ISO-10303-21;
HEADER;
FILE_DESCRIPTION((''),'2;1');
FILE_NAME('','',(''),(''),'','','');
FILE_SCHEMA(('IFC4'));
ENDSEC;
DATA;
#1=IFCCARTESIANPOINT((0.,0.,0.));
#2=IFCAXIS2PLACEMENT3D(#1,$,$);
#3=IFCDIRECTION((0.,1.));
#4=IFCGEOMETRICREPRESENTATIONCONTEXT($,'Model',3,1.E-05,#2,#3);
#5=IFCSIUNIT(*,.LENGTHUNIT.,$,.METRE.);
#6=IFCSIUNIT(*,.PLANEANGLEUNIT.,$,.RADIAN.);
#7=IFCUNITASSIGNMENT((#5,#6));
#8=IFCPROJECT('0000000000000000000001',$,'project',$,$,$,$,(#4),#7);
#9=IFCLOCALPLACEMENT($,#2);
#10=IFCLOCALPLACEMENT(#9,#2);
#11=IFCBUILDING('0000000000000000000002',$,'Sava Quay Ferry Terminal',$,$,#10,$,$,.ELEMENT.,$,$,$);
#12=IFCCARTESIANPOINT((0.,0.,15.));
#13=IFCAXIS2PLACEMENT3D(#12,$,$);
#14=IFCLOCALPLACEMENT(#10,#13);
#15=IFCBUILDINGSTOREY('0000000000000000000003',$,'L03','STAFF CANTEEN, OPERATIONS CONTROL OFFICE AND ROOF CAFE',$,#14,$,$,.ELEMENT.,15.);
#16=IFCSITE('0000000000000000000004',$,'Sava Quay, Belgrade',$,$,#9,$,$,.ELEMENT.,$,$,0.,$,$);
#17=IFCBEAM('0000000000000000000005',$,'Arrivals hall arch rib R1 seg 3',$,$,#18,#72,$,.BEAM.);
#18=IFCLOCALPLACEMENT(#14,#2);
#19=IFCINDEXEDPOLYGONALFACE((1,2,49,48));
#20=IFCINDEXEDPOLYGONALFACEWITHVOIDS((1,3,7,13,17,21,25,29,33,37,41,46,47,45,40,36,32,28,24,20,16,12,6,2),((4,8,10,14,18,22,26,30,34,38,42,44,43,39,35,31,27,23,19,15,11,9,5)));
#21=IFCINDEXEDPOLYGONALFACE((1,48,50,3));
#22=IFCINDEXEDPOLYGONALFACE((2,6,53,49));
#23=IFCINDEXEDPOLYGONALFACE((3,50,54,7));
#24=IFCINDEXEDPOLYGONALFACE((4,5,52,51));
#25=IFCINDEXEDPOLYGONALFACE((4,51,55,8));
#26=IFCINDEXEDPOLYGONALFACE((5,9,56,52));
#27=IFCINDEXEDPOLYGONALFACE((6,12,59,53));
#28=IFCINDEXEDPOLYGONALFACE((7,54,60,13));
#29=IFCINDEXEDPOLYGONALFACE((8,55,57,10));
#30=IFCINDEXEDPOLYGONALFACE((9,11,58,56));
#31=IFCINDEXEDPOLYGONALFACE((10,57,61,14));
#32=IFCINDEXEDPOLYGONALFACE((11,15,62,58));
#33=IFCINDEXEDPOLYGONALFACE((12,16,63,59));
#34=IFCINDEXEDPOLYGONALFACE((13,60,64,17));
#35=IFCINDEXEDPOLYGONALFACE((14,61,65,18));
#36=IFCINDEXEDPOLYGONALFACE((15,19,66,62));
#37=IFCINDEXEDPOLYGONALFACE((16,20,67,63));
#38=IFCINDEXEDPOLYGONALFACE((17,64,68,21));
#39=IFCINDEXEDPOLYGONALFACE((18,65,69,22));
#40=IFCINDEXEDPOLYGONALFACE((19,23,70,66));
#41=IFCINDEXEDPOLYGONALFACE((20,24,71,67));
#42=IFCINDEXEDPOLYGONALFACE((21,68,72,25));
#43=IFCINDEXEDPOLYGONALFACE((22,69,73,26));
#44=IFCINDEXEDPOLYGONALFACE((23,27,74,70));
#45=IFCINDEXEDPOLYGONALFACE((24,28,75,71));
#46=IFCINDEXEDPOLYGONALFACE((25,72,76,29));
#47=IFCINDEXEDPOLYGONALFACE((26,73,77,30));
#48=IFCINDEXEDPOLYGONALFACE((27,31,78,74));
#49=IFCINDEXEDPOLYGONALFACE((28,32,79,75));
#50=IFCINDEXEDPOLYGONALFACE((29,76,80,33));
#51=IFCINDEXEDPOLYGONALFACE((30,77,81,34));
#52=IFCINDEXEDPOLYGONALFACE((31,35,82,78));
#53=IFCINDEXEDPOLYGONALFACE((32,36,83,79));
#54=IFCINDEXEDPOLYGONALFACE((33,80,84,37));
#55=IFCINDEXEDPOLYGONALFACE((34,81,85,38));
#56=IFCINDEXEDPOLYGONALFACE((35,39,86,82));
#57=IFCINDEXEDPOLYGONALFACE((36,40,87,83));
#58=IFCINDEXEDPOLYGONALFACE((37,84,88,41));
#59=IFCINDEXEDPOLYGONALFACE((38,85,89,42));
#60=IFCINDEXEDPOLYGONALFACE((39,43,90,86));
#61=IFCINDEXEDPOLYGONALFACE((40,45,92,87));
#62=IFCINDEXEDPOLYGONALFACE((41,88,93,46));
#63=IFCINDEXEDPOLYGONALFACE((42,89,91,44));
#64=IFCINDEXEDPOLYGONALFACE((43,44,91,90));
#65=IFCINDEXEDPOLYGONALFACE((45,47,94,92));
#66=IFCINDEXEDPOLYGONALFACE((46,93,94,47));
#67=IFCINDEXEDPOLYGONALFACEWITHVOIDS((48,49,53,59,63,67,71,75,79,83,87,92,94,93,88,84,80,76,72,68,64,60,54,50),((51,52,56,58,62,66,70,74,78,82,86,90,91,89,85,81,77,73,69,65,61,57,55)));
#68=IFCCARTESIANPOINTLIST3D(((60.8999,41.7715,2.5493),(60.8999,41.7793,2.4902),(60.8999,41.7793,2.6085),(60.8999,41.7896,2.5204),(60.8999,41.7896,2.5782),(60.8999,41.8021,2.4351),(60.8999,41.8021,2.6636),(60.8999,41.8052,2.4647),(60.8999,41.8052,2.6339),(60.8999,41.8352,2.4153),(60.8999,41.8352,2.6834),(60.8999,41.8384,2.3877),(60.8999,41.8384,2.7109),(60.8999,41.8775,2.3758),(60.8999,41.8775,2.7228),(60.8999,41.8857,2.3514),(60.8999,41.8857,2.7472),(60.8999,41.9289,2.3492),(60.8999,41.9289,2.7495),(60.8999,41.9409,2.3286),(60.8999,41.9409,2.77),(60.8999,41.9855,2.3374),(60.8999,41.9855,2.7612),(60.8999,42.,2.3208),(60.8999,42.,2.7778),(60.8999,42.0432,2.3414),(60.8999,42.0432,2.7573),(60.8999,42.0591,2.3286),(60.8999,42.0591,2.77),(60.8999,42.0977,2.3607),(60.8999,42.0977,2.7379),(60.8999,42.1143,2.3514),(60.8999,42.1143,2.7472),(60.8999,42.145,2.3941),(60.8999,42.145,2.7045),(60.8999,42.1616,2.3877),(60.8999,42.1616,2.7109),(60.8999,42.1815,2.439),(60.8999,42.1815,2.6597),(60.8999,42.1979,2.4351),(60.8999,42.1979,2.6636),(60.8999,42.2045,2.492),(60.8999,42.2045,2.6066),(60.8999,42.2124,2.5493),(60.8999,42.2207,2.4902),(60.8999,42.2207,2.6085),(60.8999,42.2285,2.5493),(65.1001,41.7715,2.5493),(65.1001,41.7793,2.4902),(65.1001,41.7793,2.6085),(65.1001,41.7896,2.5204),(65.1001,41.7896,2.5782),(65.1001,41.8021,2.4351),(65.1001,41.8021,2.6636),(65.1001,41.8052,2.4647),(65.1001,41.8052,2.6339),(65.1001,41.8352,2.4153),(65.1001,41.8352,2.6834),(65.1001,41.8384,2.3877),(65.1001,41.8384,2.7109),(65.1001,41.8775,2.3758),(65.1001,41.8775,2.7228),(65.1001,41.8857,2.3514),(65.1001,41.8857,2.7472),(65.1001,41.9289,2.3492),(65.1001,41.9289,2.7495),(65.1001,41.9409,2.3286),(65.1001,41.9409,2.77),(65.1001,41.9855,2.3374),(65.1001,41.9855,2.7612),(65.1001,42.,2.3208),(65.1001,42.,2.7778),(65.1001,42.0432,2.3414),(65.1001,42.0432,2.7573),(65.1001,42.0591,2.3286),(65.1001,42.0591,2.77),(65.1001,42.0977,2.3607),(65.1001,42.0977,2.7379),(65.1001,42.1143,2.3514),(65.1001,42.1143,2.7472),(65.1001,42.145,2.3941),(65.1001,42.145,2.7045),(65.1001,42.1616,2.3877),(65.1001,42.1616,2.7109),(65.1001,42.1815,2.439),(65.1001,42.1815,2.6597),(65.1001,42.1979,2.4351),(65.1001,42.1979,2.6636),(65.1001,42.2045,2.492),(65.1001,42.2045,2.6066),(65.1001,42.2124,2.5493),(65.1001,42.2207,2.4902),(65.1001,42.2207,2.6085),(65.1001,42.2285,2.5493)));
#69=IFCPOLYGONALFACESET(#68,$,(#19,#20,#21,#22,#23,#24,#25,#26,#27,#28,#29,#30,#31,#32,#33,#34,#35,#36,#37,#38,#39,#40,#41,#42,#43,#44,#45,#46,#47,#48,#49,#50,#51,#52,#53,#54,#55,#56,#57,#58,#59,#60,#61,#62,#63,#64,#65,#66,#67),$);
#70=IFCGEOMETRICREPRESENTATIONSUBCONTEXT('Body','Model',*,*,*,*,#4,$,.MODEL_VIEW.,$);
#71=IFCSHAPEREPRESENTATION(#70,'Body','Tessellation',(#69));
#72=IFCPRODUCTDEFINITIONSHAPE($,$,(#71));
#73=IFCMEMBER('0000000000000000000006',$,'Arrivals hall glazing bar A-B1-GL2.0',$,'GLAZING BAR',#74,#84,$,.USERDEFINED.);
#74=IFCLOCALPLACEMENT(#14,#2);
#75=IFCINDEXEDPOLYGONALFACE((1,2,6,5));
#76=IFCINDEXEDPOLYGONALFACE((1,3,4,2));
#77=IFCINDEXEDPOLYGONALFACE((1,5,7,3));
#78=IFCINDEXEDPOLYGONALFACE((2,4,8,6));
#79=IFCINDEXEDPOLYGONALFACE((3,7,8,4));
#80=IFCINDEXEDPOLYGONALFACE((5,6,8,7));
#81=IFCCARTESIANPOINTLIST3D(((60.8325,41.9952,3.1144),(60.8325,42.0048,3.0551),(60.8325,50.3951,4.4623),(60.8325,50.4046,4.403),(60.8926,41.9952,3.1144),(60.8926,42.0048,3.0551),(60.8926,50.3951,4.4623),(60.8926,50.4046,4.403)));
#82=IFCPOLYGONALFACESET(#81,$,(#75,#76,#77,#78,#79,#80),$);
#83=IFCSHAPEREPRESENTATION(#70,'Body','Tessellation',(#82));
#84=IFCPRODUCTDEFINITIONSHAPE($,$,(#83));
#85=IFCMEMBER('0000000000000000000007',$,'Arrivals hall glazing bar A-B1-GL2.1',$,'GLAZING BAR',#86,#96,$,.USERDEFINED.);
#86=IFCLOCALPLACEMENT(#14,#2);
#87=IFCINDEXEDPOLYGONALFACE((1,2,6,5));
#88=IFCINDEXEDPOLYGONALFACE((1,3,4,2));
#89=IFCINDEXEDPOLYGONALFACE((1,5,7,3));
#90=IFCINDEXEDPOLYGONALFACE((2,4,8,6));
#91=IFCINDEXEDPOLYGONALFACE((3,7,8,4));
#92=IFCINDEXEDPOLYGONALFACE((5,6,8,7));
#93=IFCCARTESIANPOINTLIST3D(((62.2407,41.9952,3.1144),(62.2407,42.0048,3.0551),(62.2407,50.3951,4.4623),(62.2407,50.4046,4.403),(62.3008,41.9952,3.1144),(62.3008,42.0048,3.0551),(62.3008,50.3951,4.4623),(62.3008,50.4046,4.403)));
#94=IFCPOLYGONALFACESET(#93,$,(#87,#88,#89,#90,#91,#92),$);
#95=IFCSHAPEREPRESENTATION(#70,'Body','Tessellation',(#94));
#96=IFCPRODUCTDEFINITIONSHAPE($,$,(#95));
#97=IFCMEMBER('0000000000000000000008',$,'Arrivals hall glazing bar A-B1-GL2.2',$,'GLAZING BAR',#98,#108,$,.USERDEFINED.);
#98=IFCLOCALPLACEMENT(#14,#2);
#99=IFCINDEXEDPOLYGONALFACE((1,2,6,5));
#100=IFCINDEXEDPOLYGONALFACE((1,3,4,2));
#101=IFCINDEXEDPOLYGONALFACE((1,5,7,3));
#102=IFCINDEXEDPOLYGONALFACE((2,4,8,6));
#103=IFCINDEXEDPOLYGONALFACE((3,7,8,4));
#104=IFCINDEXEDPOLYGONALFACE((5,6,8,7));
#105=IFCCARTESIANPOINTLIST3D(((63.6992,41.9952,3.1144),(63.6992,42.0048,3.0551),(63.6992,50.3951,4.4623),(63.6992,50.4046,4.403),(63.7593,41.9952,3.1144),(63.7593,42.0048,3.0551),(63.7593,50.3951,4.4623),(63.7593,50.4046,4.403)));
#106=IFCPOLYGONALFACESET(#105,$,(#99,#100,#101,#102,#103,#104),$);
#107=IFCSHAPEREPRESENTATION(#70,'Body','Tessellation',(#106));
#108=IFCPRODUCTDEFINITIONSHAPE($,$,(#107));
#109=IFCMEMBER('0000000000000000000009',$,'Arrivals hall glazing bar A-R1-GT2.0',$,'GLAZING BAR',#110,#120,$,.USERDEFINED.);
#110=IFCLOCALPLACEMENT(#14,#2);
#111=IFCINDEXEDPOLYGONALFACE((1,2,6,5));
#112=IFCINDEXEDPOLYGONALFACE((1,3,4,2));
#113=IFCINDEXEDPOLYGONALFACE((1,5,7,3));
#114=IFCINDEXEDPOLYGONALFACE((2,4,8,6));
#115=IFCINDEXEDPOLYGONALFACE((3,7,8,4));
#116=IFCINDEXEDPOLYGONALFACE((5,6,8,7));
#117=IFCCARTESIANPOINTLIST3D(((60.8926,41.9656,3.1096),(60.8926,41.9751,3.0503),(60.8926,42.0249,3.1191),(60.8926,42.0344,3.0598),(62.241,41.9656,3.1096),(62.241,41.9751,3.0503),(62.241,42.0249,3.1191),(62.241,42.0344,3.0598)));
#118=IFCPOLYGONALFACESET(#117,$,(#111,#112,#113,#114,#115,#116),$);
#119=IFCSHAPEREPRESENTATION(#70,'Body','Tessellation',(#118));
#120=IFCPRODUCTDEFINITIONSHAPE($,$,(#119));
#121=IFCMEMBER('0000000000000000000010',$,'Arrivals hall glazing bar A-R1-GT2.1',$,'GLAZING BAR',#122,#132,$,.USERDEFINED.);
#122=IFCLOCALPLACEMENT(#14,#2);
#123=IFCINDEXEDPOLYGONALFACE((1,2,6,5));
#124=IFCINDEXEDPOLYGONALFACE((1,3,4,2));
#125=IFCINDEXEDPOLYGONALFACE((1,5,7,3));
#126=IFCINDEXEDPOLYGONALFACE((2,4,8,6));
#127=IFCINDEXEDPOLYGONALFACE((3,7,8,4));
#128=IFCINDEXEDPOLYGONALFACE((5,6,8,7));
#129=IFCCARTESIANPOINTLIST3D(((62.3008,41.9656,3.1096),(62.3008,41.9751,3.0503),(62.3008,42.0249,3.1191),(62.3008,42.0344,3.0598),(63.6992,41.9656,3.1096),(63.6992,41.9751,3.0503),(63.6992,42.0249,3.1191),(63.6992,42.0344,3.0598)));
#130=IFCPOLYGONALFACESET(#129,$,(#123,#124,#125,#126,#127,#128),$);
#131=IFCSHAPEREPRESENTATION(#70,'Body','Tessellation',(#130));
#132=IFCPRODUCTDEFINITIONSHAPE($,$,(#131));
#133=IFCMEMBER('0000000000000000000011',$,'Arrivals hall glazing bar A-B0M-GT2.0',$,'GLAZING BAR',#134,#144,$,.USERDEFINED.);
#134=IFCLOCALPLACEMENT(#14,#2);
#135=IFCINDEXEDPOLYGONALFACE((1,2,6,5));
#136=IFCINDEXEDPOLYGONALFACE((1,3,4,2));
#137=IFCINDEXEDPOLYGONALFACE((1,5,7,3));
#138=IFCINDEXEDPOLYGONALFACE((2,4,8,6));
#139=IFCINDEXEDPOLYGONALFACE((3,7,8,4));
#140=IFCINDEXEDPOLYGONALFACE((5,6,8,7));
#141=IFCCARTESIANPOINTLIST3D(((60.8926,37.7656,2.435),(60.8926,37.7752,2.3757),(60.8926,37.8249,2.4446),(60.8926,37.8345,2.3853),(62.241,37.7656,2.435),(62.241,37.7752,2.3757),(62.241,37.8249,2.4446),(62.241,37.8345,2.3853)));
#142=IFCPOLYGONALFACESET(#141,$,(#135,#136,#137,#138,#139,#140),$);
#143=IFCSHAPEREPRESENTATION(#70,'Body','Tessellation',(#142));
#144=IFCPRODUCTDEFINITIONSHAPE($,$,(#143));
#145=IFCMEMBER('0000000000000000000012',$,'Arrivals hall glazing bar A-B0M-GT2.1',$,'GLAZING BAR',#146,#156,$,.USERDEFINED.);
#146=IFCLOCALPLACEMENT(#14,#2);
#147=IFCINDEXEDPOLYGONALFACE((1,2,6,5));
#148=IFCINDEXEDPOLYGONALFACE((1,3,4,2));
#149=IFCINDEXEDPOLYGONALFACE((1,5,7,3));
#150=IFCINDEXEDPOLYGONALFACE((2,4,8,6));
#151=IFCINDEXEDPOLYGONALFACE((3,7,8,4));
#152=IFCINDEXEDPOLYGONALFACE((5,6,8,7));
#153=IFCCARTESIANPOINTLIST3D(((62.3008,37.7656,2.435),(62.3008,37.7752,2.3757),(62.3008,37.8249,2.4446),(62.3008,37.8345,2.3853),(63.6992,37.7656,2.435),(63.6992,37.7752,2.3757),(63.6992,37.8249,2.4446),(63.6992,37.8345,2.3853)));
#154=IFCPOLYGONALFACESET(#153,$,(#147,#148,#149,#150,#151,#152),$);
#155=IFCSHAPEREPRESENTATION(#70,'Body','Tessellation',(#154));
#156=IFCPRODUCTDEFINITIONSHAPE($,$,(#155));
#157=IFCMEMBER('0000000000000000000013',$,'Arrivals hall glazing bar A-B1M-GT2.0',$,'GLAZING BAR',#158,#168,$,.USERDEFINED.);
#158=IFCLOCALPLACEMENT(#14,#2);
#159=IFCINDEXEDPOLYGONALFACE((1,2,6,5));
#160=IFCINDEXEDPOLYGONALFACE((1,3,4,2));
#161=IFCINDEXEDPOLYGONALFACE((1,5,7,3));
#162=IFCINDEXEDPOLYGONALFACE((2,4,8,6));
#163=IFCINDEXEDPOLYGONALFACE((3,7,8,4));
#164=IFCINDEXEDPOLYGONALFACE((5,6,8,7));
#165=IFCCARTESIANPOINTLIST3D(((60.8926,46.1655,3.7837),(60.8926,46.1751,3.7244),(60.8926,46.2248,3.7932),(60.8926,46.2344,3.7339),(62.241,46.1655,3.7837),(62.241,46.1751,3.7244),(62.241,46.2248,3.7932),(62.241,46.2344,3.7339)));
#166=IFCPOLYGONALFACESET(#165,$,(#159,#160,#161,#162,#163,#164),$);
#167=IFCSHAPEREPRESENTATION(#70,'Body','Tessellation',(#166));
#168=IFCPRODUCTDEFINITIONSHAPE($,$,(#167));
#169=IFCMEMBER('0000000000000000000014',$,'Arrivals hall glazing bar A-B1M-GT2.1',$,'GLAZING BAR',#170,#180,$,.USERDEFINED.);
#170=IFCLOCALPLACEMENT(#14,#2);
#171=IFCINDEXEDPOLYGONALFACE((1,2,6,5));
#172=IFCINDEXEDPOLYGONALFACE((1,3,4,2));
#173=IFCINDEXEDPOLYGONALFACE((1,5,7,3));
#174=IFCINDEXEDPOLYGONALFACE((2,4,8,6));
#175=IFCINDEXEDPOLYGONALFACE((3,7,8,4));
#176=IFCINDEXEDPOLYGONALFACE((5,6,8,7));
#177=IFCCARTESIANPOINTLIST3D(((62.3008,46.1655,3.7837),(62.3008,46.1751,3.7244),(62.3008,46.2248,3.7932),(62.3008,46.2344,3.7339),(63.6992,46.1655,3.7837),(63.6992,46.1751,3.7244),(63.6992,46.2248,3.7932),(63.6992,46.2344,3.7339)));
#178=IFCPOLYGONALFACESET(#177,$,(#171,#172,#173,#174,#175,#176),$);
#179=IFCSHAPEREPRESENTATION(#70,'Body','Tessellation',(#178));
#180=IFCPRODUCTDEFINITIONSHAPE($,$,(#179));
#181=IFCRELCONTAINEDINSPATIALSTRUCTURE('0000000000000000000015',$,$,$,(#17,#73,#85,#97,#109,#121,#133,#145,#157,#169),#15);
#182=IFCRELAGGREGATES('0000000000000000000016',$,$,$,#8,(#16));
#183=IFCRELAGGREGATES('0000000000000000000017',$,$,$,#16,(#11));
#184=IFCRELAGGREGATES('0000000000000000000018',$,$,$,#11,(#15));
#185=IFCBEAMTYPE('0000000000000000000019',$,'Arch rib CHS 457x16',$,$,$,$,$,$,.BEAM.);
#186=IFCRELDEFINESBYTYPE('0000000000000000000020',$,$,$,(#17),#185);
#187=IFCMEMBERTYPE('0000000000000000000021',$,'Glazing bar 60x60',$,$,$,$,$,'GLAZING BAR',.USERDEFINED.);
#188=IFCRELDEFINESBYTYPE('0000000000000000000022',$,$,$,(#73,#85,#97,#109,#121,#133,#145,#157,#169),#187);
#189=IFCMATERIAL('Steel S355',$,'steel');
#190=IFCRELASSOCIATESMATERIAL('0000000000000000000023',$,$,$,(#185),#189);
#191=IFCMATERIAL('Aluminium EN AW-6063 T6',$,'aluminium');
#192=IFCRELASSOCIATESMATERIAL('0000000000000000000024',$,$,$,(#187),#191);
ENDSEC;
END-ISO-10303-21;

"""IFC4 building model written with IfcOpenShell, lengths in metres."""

from ifc_helpers import new_model, si_unit, direction, frame, origin, origin_2d, place, context, subcontext, project, spatial, rectangle, hollow_circle, extrude, material, material_profile, profile_set, type_object, element, save


model = new_model("IFC4")

# Units and contexts
model_context = context("Model", 3, precision=1e-05, world=origin(), true_north=direction((0.0, 1.0)))
body_context = subcontext(model_context, "Body", "Model", "MODEL_VIEW")
ifc_project = project(units=[si_unit("LENGTHUNIT", "METRE"), si_unit("PLANEANGLEUNIT", "RADIAN")], contexts=[model_context])

# Site, building, storey
site_placement = place(None, origin())
site = spatial("IfcSite", under=ifc_project, at=site_placement, Name="Sava Quay, Belgrade", CompositionType="ELEMENT", RefElevation=0.0)
building_placement = place(site_placement, origin())
building = spatial("IfcBuilding", under=site, at=building_placement, Name="Sava Quay Ferry Terminal", CompositionType="ELEMENT")
storey_placement = place(building_placement, frame((0.0, 0.0, 15.0)))
storey = spatial("IfcBuildingStorey", under=building, at=storey_placement, Name="L03", Description="STAFF CANTEEN, OPERATIONS CONTROL OFFICE AND ROOF CAFE", CompositionType="ELEMENT", Elevation=15.0)

# Beam
ifc_material_1 = material(Name="Steel S355", Category="steel")
ifc_material_profile_1 = material_profile(ifc_material_1, hollow_circle(Radius=0.2285, WallThickness=0.0161, at=origin_2d()), Name="CHS 457 x 16.0")
ifc_profile_set_1 = profile_set([ifc_material_profile_1], Name="Steel S355")
beam_type = type_object("IfcBeamType", Name="Arch rib CHS 457x16", PredefinedType="BEAM", material=ifc_profile_set_1)
beam_placement = place(storey_placement, frame((60.8999, 42.0, 2.5493), z_axis=(1.0, 0.0, 0.0), x_axis=(0.0, 1.0, 0.0)))
element("IfcBeam", 1, at=beam_placement, inside=storey, type_object=beam_type, Name="Arrivals hall arch rib R1 seg 3", PredefinedType="BEAM", context=body_context, shape_type="SweptSolid", body=[
    extrude(hollow_circle(Radius=0.2285, WallThickness=0.0161, at=origin_2d()), origin(), (0.0, 0.0, 1.0), 4.2002),
])

# Members
ifc_material_2 = material(Name="Aluminium EN AW-6063 T6", Category="aluminium")
ifc_material_profile_2 = material_profile(ifc_material_2, rectangle(XDim=0.0601, YDim=0.0601, at=origin_2d()), Name="Bar 60 x 60")
ifc_profile_set_2 = profile_set([ifc_material_profile_2], Name="Aluminium EN AW-6063 T6")
member_type_1 = type_object("IfcMemberType", Name="Glazing bar 60x60", ElementType="GLAZING BAR", PredefinedType="USERDEFINED", material=ifc_profile_set_2)
for number, where, z_axis, x_axis, name in (
    (2, (60.8625, 42.0, 3.0847), (0.0, 0.987369, 0.158439), (-1.0, 0.0, 0.0), "Arrivals hall glazing bar A-B1-GL2.0"),
    (3, (62.2708, 42.0, 3.0847), (0.0, 0.987369, 0.158439), (-1.0, 0.0, 0.0), "Arrivals hall glazing bar A-B1-GL2.1"),
    (4, (63.7292, 42.0, 3.0847), (0.0, 0.987369, 0.158439), (-1.0, 0.0, 0.0), "Arrivals hall glazing bar A-B1-GL2.2"),
):
    element("IfcMember", number, at=place(storey_placement, frame(where, z_axis=z_axis, x_axis=x_axis)), inside=storey, type_object=member_type_1, Name=name, ObjectType="GLAZING BAR", PredefinedType="USERDEFINED", context=body_context, shape_type="SweptSolid", body=[
        extrude(rectangle(XDim=0.0601, YDim=0.0601, at=origin_2d()), origin(), (0.0, 0.0, 1.0), 8.5073),
    ])
member_1_placement = place(storey_placement, frame((60.8926, 42.0, 3.0847), z_axis=(1.0, 0.0, 0.0), x_axis=(0.0, 0.987367, 0.158449)))
element("IfcMember", 5, at=member_1_placement, inside=storey, type_object=member_type_1, Name="Arrivals hall glazing bar A-R1-GT2.0", ObjectType="GLAZING BAR", PredefinedType="USERDEFINED", context=body_context, shape_type="SweptSolid", body=[
    extrude(rectangle(XDim=0.0601, YDim=0.0601, at=origin_2d()), origin(), (0.0, 0.0, 1.0), 1.3484),
])
member_2_placement = place(storey_placement, frame((62.3008, 42.0, 3.0847), z_axis=(1.0, 0.0, 0.0), x_axis=(0.0, 0.987367, 0.158449)))
element("IfcMember", 6, at=member_2_placement, inside=storey, type_object=member_type_1, Name="Arrivals hall glazing bar A-R1-GT2.1", ObjectType="GLAZING BAR", PredefinedType="USERDEFINED", context=body_context, shape_type="SweptSolid", body=[
    extrude(rectangle(XDim=0.0601, YDim=0.0601, at=origin_2d()), origin(), (0.0, 0.0, 1.0), 1.3984),
])
member_3_placement = place(storey_placement, frame((60.8926, 37.8, 2.4102), z_axis=(1.0, 0.0, 0.0), x_axis=(0.0, 0.987349, 0.158564)))
element("IfcMember", 7, at=member_3_placement, inside=storey, type_object=member_type_1, Name="Arrivals hall glazing bar A-B0M-GT2.0", ObjectType="GLAZING BAR", PredefinedType="USERDEFINED", context=body_context, shape_type="SweptSolid", body=[
    extrude(rectangle(XDim=0.0601, YDim=0.0601, at=origin_2d()), origin(), (0.0, 0.0, 1.0), 1.3484),
])
member_4_placement = place(storey_placement, frame((62.3008, 37.8, 2.4102), z_axis=(1.0, 0.0, 0.0), x_axis=(0.0, 0.987349, 0.158564)))
element("IfcMember", 8, at=member_4_placement, inside=storey, type_object=member_type_1, Name="Arrivals hall glazing bar A-B0M-GT2.1", ObjectType="GLAZING BAR", PredefinedType="USERDEFINED", context=body_context, shape_type="SweptSolid", body=[
    extrude(rectangle(XDim=0.0601, YDim=0.0601, at=origin_2d()), origin(), (0.0, 0.0, 1.0), 1.3984),
])
member_5_placement = place(storey_placement, frame((60.8926, 46.2, 3.7588), z_axis=(1.0, 0.0, 0.0), x_axis=(0.0, 0.987367, 0.158449)))
element("IfcMember", 9, at=member_5_placement, inside=storey, type_object=member_type_1, Name="Arrivals hall glazing bar A-B1M-GT2.0", ObjectType="GLAZING BAR", PredefinedType="USERDEFINED", context=body_context, shape_type="SweptSolid", body=[
    extrude(rectangle(XDim=0.0601, YDim=0.0601, at=origin_2d()), origin(), (0.0, 0.0, 1.0), 1.3484),
])
member_6_placement = place(storey_placement, frame((62.3008, 46.2, 3.7588), z_axis=(1.0, 0.0, 0.0), x_axis=(0.0, 0.987367, 0.158449)))
element("IfcMember", 10, at=member_6_placement, inside=storey, type_object=member_type_1, Name="Arrivals hall glazing bar A-B1M-GT2.1", ObjectType="GLAZING BAR", PredefinedType="USERDEFINED", context=body_context, shape_type="SweptSolid", body=[
    extrude(rectangle(XDim=0.0601, YDim=0.0601, at=origin_2d()), origin(), (0.0, 0.0, 1.0), 1.3984),
])

save(model, "model.ifc")
